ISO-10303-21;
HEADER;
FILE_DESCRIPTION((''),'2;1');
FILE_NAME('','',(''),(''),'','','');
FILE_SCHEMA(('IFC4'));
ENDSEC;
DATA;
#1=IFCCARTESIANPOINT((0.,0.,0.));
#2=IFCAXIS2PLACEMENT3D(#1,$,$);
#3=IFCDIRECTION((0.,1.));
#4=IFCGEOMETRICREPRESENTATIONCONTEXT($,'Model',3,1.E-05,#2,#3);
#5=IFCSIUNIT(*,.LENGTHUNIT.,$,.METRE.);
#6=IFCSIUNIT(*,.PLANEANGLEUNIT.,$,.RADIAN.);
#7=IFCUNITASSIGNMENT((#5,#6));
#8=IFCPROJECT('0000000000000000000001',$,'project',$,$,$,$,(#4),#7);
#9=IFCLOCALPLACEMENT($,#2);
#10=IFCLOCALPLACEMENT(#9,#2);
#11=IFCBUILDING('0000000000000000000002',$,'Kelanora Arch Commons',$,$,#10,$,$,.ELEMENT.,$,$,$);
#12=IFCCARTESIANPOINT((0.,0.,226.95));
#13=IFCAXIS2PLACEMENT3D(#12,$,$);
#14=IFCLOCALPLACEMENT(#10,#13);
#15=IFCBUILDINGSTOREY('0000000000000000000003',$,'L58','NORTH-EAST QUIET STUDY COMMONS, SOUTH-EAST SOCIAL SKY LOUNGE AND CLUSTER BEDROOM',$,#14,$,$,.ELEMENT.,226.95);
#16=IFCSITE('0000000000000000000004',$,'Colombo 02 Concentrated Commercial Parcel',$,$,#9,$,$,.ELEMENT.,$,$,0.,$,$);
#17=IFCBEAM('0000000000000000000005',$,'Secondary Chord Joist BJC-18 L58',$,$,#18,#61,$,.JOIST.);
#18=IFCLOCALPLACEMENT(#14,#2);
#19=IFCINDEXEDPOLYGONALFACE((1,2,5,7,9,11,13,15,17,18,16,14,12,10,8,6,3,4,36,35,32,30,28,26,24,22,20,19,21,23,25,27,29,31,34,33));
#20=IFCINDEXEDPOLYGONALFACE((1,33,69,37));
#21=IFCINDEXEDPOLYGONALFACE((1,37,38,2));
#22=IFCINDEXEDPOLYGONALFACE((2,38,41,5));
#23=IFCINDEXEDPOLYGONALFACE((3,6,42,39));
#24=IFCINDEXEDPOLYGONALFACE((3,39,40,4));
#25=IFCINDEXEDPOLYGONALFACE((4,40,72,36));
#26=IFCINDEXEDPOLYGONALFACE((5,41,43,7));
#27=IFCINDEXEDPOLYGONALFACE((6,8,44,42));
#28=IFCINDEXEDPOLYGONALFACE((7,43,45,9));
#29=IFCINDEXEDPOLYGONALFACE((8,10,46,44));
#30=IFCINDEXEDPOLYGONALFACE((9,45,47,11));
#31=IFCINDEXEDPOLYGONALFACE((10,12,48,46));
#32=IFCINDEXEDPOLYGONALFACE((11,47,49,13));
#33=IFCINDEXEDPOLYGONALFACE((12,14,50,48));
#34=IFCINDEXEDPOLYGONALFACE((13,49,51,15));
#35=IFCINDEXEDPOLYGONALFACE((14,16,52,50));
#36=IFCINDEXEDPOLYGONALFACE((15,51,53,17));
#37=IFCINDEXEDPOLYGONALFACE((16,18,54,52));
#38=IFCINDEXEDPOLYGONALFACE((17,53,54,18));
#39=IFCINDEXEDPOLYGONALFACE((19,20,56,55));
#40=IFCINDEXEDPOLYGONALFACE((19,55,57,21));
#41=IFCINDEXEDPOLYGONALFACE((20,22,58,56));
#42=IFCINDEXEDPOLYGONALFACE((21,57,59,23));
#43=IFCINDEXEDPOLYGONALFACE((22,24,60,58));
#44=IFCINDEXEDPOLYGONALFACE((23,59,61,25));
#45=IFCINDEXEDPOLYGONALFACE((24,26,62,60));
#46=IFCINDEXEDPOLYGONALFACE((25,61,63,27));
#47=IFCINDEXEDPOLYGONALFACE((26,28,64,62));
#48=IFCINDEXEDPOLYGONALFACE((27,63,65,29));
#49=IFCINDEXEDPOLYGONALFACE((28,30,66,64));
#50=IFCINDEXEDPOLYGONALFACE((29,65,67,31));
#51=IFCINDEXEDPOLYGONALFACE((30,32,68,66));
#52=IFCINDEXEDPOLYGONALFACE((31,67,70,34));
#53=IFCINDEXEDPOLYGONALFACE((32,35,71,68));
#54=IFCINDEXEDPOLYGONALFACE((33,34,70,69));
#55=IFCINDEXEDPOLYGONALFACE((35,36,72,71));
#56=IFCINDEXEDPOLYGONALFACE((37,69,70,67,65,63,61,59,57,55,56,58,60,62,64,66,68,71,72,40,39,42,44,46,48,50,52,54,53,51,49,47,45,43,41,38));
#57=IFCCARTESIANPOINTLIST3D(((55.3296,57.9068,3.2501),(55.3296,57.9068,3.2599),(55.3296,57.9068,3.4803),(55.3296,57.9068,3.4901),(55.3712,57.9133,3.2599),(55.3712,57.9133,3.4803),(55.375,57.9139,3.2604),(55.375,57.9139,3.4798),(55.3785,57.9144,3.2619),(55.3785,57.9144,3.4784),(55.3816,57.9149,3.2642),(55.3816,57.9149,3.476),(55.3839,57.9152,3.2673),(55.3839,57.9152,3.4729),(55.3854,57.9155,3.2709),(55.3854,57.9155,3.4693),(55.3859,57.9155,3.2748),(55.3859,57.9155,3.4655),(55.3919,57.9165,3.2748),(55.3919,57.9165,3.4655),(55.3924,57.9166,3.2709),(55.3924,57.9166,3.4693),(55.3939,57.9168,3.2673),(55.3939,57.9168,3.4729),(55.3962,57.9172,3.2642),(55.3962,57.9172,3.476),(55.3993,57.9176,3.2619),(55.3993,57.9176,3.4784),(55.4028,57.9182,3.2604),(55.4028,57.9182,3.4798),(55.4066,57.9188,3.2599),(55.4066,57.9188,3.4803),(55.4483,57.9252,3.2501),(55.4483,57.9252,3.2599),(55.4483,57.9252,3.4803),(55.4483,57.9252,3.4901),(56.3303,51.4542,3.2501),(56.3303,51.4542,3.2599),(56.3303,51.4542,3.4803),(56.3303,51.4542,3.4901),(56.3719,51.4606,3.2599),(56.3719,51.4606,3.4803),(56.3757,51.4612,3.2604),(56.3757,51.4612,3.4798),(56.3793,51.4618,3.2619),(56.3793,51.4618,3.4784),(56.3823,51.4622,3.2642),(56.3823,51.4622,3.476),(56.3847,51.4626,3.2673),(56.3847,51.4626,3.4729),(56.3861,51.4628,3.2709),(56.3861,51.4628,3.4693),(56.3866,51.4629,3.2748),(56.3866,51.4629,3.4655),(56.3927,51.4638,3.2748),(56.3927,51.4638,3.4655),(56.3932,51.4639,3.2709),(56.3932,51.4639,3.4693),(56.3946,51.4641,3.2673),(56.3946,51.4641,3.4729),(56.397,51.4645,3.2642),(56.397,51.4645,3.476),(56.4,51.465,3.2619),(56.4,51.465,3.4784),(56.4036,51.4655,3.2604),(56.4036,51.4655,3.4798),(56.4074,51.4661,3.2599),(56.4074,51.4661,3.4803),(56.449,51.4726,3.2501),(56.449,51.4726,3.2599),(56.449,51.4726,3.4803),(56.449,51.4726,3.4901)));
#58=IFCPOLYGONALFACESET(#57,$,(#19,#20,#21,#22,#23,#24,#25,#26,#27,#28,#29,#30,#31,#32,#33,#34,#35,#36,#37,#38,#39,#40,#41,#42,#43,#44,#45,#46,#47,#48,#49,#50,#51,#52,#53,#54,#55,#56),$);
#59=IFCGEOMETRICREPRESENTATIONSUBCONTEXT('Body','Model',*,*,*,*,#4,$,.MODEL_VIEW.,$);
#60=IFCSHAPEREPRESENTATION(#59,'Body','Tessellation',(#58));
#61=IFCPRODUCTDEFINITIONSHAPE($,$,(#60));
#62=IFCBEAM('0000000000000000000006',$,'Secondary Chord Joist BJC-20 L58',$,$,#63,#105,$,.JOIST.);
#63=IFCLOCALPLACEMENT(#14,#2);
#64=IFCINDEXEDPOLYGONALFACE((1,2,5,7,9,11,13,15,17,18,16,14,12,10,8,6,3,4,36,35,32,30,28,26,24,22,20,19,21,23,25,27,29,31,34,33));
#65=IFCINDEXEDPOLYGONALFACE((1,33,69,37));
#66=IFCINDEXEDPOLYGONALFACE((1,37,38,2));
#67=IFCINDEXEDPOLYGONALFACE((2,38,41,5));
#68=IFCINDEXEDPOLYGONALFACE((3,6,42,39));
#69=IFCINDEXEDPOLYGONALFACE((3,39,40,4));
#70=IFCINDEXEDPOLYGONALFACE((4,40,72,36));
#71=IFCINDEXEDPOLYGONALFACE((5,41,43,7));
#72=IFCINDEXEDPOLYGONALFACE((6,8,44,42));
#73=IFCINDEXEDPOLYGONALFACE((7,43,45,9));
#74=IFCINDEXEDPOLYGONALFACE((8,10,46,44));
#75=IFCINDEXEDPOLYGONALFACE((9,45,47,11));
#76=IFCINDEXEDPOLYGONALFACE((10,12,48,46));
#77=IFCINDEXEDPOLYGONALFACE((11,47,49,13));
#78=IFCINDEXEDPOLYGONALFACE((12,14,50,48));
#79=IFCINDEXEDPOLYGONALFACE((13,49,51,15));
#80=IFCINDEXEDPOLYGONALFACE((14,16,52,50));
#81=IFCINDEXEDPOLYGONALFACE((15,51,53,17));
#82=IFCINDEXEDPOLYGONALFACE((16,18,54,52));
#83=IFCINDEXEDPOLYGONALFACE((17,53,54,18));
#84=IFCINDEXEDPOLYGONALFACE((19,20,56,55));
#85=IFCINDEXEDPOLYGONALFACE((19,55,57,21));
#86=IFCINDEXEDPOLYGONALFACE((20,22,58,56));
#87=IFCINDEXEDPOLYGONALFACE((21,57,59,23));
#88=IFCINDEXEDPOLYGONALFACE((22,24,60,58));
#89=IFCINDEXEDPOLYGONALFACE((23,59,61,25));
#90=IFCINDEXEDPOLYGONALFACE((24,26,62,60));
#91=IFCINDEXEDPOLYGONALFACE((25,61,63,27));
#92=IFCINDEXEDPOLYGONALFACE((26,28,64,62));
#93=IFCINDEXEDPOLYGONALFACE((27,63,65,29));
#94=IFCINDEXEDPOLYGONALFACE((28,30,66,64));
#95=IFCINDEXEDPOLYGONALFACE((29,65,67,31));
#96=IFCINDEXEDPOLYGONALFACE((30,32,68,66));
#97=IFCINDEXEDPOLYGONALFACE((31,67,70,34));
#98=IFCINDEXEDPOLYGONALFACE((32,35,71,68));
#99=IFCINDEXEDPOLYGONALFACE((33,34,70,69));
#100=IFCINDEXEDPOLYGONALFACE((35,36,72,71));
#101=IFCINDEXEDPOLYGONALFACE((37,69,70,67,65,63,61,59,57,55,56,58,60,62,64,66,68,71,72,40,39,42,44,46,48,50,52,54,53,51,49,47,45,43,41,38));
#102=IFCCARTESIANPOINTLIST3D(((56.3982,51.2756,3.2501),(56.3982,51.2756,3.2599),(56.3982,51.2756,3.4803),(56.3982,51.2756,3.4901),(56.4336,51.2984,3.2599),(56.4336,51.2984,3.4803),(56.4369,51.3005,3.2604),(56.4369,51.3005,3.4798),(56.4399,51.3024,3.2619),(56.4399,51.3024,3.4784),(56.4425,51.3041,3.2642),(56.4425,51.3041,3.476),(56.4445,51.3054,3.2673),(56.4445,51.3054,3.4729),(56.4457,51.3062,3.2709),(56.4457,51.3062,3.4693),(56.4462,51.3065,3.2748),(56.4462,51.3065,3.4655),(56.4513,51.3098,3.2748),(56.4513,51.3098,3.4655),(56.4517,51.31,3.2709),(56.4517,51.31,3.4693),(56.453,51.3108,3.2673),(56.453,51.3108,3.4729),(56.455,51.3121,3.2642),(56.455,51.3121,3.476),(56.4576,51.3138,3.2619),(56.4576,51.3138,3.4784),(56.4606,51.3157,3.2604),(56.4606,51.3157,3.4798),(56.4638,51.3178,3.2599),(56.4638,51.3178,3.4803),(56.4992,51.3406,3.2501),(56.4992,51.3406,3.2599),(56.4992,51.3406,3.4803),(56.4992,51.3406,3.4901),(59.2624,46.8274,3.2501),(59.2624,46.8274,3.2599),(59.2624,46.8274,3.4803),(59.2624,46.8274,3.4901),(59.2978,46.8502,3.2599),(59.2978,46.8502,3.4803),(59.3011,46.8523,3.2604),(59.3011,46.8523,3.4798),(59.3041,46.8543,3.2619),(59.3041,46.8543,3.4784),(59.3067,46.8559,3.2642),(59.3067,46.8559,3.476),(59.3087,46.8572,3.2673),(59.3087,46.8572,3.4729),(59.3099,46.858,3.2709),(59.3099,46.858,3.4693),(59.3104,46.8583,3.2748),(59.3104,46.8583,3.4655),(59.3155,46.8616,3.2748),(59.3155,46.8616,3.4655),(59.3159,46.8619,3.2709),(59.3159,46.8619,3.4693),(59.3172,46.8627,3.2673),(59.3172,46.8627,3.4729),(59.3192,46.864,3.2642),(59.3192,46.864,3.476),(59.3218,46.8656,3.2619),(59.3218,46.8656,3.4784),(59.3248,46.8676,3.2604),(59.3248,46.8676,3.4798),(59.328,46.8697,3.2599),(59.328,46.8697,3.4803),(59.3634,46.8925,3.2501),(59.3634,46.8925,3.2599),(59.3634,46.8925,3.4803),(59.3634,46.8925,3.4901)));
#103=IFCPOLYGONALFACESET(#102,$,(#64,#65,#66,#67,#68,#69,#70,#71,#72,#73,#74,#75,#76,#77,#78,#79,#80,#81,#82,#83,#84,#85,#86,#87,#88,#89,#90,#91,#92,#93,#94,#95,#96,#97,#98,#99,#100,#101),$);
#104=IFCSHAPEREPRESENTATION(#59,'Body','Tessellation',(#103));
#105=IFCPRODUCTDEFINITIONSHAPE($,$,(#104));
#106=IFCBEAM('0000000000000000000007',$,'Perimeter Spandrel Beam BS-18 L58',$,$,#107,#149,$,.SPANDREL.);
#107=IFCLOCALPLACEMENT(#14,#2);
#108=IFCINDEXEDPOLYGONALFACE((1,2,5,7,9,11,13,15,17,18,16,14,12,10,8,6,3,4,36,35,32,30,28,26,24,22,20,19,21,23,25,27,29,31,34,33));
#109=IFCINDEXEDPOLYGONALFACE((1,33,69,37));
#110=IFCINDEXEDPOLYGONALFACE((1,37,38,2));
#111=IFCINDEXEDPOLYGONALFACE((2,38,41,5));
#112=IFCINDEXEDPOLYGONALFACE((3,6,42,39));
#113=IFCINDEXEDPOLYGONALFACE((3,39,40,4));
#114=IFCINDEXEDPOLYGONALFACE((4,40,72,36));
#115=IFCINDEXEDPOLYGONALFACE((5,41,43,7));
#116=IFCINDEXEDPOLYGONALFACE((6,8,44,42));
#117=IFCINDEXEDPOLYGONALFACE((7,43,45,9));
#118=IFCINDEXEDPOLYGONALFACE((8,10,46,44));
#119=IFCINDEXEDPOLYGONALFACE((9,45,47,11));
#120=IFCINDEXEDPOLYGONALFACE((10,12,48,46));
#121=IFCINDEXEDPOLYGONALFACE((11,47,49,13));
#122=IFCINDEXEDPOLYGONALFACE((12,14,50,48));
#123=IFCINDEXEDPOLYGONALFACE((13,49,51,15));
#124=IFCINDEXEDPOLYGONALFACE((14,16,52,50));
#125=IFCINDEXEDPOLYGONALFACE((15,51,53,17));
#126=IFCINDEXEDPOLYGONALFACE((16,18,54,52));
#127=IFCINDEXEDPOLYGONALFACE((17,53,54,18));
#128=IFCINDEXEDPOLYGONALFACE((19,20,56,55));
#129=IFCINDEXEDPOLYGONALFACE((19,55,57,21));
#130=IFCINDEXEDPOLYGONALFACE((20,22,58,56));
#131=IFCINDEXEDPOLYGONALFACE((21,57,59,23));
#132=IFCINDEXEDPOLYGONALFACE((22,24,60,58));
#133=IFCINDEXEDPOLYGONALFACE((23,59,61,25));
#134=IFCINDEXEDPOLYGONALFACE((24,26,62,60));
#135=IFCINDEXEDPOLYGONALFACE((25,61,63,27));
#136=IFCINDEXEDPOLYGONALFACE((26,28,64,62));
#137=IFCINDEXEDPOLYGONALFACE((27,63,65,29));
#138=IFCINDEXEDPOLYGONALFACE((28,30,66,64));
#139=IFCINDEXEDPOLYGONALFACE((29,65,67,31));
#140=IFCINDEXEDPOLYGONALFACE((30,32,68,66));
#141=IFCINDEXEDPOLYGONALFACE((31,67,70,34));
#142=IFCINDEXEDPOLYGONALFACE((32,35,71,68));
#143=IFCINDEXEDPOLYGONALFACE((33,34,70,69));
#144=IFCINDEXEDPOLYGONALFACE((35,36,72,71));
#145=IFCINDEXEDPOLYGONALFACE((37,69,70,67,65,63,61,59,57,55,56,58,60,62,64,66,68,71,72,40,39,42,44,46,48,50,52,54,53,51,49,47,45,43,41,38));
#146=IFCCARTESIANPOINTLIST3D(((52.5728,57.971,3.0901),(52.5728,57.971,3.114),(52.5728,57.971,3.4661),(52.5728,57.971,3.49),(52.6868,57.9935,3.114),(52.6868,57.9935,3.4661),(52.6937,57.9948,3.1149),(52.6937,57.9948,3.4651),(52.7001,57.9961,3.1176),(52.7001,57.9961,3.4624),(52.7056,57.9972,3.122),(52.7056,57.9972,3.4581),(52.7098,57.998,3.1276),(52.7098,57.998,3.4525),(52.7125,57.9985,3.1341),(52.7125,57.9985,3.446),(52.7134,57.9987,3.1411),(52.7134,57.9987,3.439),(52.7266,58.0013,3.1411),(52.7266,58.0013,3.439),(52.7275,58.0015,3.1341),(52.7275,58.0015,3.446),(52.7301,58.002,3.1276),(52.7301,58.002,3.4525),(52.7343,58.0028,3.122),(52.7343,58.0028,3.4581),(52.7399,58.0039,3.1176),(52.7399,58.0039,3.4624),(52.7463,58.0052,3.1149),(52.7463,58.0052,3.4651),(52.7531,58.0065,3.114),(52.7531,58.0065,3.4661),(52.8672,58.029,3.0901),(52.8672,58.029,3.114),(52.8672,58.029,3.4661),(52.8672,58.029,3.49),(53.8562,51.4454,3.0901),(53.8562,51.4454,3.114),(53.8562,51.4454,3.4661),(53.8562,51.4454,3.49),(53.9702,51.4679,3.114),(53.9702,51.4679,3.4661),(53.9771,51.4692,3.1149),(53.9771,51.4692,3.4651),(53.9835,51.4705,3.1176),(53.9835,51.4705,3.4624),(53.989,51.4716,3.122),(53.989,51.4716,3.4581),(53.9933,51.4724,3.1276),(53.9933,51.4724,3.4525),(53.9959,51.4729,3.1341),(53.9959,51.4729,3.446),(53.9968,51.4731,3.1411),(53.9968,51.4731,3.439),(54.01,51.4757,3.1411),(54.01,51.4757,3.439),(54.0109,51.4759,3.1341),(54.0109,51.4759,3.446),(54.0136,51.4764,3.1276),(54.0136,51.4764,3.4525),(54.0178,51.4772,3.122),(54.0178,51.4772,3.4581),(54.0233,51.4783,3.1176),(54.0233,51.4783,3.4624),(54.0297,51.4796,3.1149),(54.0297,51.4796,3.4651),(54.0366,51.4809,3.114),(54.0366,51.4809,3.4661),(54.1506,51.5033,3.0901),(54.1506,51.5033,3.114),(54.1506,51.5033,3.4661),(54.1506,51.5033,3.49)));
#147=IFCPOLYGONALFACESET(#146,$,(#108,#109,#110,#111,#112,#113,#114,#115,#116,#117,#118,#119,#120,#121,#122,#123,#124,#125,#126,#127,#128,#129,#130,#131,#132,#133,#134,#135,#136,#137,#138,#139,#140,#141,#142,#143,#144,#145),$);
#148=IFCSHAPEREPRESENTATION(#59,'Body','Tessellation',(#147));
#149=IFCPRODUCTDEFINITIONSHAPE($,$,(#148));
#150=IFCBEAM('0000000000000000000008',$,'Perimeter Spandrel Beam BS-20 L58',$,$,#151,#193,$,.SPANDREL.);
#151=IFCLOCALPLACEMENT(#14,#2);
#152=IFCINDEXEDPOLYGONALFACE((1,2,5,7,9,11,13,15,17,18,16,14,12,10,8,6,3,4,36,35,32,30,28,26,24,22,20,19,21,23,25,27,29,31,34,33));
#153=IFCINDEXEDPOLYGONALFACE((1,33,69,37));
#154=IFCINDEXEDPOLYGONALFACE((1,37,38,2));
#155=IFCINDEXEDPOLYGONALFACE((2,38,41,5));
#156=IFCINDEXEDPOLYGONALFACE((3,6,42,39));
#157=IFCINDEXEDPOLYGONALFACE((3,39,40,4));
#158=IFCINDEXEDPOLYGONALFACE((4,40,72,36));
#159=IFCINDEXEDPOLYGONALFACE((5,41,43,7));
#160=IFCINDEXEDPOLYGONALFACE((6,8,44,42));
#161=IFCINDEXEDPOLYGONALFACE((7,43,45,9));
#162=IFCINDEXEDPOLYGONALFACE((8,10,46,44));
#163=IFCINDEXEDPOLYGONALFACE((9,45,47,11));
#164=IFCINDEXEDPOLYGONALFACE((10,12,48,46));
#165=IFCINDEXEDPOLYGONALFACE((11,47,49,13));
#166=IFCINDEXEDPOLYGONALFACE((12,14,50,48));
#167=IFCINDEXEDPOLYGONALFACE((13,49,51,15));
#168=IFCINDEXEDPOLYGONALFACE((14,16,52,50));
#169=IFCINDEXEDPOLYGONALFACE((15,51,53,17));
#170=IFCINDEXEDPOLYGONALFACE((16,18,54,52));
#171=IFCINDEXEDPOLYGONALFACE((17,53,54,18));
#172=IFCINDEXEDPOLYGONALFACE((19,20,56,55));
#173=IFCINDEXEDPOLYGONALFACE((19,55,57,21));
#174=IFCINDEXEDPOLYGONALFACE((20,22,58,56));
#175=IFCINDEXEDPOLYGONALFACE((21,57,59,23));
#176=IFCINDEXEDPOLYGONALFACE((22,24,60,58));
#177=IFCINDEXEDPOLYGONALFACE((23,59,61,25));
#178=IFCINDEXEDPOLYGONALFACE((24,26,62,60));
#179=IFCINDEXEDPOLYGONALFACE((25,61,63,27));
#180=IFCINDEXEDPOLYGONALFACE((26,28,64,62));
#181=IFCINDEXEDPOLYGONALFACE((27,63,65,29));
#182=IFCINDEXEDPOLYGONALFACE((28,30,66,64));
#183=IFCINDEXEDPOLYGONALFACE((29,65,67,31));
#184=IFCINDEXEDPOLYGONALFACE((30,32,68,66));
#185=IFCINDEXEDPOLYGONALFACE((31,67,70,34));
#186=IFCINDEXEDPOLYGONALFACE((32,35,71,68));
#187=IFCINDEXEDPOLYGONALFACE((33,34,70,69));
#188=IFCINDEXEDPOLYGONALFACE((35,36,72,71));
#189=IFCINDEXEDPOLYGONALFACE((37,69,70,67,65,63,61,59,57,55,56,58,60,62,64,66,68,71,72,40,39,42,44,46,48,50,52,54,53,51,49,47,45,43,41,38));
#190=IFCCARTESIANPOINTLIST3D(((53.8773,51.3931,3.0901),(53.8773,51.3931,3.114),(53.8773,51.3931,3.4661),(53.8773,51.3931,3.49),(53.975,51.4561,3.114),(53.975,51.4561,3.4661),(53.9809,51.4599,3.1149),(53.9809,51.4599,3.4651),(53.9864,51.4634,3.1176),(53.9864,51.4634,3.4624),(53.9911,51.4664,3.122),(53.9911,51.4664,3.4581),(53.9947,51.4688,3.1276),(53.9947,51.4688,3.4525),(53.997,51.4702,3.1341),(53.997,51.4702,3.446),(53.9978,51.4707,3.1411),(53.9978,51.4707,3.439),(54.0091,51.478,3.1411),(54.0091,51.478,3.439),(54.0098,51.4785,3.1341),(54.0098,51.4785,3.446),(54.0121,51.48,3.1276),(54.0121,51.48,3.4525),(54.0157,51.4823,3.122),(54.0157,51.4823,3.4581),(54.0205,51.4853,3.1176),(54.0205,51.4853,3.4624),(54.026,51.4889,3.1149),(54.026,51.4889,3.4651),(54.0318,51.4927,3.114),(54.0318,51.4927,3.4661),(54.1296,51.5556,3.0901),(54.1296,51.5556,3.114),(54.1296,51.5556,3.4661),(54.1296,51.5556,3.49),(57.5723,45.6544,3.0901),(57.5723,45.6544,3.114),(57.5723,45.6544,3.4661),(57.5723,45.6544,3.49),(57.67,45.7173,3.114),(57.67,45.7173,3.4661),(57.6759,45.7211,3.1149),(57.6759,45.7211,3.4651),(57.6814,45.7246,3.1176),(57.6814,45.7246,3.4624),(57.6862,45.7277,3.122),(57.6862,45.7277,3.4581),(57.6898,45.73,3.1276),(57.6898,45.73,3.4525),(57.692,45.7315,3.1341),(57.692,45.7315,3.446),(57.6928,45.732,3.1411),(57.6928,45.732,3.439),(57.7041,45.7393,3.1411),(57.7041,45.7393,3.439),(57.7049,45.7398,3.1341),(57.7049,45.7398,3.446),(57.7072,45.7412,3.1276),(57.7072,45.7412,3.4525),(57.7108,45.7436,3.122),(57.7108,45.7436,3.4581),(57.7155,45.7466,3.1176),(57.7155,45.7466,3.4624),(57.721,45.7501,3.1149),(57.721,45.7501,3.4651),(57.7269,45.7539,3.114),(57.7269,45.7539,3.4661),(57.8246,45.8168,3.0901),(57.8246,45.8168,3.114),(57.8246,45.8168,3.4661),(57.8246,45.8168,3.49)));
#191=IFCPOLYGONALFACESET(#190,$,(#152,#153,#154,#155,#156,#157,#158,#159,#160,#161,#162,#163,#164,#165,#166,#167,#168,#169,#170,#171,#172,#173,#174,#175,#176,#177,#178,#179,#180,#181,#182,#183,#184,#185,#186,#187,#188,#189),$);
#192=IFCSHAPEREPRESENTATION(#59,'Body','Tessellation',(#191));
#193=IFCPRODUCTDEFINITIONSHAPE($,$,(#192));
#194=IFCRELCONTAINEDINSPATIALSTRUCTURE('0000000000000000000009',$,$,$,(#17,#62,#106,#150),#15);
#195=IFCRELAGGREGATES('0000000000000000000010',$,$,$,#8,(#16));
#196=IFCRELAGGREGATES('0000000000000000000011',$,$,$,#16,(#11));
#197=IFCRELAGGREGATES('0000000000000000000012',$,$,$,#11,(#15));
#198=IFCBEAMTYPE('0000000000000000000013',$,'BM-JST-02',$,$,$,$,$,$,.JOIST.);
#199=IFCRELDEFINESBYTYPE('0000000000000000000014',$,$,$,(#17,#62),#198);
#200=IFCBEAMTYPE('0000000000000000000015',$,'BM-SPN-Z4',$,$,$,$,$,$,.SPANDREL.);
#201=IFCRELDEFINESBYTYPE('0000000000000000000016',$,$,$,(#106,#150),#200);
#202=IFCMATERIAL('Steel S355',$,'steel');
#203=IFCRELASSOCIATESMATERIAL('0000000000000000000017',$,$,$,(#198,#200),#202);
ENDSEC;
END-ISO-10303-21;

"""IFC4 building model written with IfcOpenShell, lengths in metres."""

from ifc_helpers import new_model, si_unit, direction, frame, origin, origin_2d, place, context, subcontext, project, spatial, i_section, extrude, material, material_profile, profile_set, type_object, element, save


model = new_model("IFC4")

# Units and contexts
model_context = context("Model", 3, precision=1e-05, world=origin(), true_north=direction((0.0, 1.0)))
body_context = subcontext(model_context, "Body", "Model", "MODEL_VIEW")
ifc_project = project(units=[si_unit("LENGTHUNIT", "METRE"), si_unit("PLANEANGLEUNIT", "RADIAN")], contexts=[model_context])

# Site, building, storey
site_placement = place(None, origin())
site = spatial("IfcSite", under=ifc_project, at=site_placement, Name="Colombo 02 Concentrated Commercial Parcel", CompositionType="ELEMENT", RefElevation=0.0)
building_placement = place(site_placement, origin())
building = spatial("IfcBuilding", under=site, at=building_placement, Name="Kelanora Arch Commons", CompositionType="ELEMENT")
storey_placement = place(building_placement, frame((0.0, 0.0, 226.95)))
storey = spatial("IfcBuildingStorey", under=building, at=storey_placement, Name="L58", Description="NORTH-EAST QUIET STUDY COMMONS, SOUTH-EAST SOCIAL SKY LOUNGE AND CLUSTER BEDROOM", CompositionType="ELEMENT", Elevation=226.95)

# Beams
ifc_material_1 = material(Name="Steel S355", Category="steel")
ifc_material_profile_1 = material_profile(ifc_material_1, i_section(OverallWidth=0.1201, OverallDepth=0.24, WebThickness=0.0061, FlangeThickness=0.0098, FilletRadius=0.0149, at=origin_2d()), Name="IPE240")
ifc_profile_set_1 = profile_set([ifc_material_profile_1], Name="Steel S355")
beam_type_1 = type_object("IfcBeamType", Name="BM-JST-02", PredefinedType="JOIST", material=ifc_profile_set_1)
beam_1_placement = place(storey_placement, frame((55.3889, 57.916, 3.3701), z_axis=(0.153257, -0.988186, 0.0), x_axis=(0.988186, 0.153257, 0.0)))
element("IfcBeam", 1, at=beam_1_placement, inside=storey, type_object=beam_type_1, Name="Secondary Chord Joist BJC-18 L58", PredefinedType="JOIST", context=body_context, shape_type="SweptSolid", body=[
    extrude(i_section(OverallWidth=0.1201, OverallDepth=0.24, WebThickness=0.0061, FlangeThickness=0.0098, FilletRadius=0.0149, at=origin_2d()), origin(), (0.0, 0.0, 1.0), 6.5298),
])
beam_2_placement = place(storey_placement, frame((56.4487, 51.3081, 3.3701), z_axis=(0.541382, -0.840776, 0.0), x_axis=(0.840776, 0.541382, 0.0)))
element("IfcBeam", 2, at=beam_2_placement, inside=storey, type_object=beam_type_1, Name="Secondary Chord Joist BJC-20 L58", PredefinedType="JOIST", context=body_context, shape_type="SweptSolid", body=[
    extrude(i_section(OverallWidth=0.1201, OverallDepth=0.24, WebThickness=0.0061, FlangeThickness=0.0098, FilletRadius=0.0149, at=origin_2d()), origin(), (0.0, 0.0, 1.0), 5.2905),
])
ifc_material_profile_2 = material_profile(ifc_material_1, i_section(OverallWidth=0.3, OverallDepth=0.3999, WebThickness=0.0134, FlangeThickness=0.0239, FilletRadius=0.0271, at=origin_2d()), Name="HEB400")
ifc_profile_set_2 = profile_set([ifc_material_profile_2], Name="Steel S355")
beam_type_2 = type_object("IfcBeamType", Name="BM-SPN-Z4", PredefinedType="SPANDREL", material=ifc_profile_set_2)
beam_3_placement = place(storey_placement, frame((52.72, 58.0, 3.29), z_axis=(0.192981, -0.981203, 0.0), x_axis=(0.981203, 0.192981, 0.0)))
element("IfcBeam", 3, at=beam_3_placement, inside=storey, type_object=beam_type_2, Name="Perimeter Spandrel Beam BS-18 L58", PredefinedType="SPANDREL", context=body_context, shape_type="SweptSolid", body=[
    extrude(i_section(OverallWidth=0.3, OverallDepth=0.3999, WebThickness=0.0134, FlangeThickness=0.0239, FilletRadius=0.0271, at=origin_2d()), origin(), (0.0, 0.0, 1.0), 6.6506),
])
beam_4_placement = place(storey_placement, frame((54.0034, 51.4744, 3.29), z_axis=(0.541365, -0.840788, 0.0), x_axis=(0.840788, 0.541365, 0.0)))
element("IfcBeam", 4, at=beam_4_placement, inside=storey, type_object=beam_type_2, Name="Perimeter Spandrel Beam BS-20 L58", PredefinedType="SPANDREL", context=body_context, shape_type="SweptSolid", body=[
    extrude(i_section(OverallWidth=0.3, OverallDepth=0.3999, WebThickness=0.0134, FlangeThickness=0.0239, FilletRadius=0.0271, at=origin_2d()), origin(), (0.0, 0.0, 1.0), 6.8254),
])

save(model, "model.ifc")
